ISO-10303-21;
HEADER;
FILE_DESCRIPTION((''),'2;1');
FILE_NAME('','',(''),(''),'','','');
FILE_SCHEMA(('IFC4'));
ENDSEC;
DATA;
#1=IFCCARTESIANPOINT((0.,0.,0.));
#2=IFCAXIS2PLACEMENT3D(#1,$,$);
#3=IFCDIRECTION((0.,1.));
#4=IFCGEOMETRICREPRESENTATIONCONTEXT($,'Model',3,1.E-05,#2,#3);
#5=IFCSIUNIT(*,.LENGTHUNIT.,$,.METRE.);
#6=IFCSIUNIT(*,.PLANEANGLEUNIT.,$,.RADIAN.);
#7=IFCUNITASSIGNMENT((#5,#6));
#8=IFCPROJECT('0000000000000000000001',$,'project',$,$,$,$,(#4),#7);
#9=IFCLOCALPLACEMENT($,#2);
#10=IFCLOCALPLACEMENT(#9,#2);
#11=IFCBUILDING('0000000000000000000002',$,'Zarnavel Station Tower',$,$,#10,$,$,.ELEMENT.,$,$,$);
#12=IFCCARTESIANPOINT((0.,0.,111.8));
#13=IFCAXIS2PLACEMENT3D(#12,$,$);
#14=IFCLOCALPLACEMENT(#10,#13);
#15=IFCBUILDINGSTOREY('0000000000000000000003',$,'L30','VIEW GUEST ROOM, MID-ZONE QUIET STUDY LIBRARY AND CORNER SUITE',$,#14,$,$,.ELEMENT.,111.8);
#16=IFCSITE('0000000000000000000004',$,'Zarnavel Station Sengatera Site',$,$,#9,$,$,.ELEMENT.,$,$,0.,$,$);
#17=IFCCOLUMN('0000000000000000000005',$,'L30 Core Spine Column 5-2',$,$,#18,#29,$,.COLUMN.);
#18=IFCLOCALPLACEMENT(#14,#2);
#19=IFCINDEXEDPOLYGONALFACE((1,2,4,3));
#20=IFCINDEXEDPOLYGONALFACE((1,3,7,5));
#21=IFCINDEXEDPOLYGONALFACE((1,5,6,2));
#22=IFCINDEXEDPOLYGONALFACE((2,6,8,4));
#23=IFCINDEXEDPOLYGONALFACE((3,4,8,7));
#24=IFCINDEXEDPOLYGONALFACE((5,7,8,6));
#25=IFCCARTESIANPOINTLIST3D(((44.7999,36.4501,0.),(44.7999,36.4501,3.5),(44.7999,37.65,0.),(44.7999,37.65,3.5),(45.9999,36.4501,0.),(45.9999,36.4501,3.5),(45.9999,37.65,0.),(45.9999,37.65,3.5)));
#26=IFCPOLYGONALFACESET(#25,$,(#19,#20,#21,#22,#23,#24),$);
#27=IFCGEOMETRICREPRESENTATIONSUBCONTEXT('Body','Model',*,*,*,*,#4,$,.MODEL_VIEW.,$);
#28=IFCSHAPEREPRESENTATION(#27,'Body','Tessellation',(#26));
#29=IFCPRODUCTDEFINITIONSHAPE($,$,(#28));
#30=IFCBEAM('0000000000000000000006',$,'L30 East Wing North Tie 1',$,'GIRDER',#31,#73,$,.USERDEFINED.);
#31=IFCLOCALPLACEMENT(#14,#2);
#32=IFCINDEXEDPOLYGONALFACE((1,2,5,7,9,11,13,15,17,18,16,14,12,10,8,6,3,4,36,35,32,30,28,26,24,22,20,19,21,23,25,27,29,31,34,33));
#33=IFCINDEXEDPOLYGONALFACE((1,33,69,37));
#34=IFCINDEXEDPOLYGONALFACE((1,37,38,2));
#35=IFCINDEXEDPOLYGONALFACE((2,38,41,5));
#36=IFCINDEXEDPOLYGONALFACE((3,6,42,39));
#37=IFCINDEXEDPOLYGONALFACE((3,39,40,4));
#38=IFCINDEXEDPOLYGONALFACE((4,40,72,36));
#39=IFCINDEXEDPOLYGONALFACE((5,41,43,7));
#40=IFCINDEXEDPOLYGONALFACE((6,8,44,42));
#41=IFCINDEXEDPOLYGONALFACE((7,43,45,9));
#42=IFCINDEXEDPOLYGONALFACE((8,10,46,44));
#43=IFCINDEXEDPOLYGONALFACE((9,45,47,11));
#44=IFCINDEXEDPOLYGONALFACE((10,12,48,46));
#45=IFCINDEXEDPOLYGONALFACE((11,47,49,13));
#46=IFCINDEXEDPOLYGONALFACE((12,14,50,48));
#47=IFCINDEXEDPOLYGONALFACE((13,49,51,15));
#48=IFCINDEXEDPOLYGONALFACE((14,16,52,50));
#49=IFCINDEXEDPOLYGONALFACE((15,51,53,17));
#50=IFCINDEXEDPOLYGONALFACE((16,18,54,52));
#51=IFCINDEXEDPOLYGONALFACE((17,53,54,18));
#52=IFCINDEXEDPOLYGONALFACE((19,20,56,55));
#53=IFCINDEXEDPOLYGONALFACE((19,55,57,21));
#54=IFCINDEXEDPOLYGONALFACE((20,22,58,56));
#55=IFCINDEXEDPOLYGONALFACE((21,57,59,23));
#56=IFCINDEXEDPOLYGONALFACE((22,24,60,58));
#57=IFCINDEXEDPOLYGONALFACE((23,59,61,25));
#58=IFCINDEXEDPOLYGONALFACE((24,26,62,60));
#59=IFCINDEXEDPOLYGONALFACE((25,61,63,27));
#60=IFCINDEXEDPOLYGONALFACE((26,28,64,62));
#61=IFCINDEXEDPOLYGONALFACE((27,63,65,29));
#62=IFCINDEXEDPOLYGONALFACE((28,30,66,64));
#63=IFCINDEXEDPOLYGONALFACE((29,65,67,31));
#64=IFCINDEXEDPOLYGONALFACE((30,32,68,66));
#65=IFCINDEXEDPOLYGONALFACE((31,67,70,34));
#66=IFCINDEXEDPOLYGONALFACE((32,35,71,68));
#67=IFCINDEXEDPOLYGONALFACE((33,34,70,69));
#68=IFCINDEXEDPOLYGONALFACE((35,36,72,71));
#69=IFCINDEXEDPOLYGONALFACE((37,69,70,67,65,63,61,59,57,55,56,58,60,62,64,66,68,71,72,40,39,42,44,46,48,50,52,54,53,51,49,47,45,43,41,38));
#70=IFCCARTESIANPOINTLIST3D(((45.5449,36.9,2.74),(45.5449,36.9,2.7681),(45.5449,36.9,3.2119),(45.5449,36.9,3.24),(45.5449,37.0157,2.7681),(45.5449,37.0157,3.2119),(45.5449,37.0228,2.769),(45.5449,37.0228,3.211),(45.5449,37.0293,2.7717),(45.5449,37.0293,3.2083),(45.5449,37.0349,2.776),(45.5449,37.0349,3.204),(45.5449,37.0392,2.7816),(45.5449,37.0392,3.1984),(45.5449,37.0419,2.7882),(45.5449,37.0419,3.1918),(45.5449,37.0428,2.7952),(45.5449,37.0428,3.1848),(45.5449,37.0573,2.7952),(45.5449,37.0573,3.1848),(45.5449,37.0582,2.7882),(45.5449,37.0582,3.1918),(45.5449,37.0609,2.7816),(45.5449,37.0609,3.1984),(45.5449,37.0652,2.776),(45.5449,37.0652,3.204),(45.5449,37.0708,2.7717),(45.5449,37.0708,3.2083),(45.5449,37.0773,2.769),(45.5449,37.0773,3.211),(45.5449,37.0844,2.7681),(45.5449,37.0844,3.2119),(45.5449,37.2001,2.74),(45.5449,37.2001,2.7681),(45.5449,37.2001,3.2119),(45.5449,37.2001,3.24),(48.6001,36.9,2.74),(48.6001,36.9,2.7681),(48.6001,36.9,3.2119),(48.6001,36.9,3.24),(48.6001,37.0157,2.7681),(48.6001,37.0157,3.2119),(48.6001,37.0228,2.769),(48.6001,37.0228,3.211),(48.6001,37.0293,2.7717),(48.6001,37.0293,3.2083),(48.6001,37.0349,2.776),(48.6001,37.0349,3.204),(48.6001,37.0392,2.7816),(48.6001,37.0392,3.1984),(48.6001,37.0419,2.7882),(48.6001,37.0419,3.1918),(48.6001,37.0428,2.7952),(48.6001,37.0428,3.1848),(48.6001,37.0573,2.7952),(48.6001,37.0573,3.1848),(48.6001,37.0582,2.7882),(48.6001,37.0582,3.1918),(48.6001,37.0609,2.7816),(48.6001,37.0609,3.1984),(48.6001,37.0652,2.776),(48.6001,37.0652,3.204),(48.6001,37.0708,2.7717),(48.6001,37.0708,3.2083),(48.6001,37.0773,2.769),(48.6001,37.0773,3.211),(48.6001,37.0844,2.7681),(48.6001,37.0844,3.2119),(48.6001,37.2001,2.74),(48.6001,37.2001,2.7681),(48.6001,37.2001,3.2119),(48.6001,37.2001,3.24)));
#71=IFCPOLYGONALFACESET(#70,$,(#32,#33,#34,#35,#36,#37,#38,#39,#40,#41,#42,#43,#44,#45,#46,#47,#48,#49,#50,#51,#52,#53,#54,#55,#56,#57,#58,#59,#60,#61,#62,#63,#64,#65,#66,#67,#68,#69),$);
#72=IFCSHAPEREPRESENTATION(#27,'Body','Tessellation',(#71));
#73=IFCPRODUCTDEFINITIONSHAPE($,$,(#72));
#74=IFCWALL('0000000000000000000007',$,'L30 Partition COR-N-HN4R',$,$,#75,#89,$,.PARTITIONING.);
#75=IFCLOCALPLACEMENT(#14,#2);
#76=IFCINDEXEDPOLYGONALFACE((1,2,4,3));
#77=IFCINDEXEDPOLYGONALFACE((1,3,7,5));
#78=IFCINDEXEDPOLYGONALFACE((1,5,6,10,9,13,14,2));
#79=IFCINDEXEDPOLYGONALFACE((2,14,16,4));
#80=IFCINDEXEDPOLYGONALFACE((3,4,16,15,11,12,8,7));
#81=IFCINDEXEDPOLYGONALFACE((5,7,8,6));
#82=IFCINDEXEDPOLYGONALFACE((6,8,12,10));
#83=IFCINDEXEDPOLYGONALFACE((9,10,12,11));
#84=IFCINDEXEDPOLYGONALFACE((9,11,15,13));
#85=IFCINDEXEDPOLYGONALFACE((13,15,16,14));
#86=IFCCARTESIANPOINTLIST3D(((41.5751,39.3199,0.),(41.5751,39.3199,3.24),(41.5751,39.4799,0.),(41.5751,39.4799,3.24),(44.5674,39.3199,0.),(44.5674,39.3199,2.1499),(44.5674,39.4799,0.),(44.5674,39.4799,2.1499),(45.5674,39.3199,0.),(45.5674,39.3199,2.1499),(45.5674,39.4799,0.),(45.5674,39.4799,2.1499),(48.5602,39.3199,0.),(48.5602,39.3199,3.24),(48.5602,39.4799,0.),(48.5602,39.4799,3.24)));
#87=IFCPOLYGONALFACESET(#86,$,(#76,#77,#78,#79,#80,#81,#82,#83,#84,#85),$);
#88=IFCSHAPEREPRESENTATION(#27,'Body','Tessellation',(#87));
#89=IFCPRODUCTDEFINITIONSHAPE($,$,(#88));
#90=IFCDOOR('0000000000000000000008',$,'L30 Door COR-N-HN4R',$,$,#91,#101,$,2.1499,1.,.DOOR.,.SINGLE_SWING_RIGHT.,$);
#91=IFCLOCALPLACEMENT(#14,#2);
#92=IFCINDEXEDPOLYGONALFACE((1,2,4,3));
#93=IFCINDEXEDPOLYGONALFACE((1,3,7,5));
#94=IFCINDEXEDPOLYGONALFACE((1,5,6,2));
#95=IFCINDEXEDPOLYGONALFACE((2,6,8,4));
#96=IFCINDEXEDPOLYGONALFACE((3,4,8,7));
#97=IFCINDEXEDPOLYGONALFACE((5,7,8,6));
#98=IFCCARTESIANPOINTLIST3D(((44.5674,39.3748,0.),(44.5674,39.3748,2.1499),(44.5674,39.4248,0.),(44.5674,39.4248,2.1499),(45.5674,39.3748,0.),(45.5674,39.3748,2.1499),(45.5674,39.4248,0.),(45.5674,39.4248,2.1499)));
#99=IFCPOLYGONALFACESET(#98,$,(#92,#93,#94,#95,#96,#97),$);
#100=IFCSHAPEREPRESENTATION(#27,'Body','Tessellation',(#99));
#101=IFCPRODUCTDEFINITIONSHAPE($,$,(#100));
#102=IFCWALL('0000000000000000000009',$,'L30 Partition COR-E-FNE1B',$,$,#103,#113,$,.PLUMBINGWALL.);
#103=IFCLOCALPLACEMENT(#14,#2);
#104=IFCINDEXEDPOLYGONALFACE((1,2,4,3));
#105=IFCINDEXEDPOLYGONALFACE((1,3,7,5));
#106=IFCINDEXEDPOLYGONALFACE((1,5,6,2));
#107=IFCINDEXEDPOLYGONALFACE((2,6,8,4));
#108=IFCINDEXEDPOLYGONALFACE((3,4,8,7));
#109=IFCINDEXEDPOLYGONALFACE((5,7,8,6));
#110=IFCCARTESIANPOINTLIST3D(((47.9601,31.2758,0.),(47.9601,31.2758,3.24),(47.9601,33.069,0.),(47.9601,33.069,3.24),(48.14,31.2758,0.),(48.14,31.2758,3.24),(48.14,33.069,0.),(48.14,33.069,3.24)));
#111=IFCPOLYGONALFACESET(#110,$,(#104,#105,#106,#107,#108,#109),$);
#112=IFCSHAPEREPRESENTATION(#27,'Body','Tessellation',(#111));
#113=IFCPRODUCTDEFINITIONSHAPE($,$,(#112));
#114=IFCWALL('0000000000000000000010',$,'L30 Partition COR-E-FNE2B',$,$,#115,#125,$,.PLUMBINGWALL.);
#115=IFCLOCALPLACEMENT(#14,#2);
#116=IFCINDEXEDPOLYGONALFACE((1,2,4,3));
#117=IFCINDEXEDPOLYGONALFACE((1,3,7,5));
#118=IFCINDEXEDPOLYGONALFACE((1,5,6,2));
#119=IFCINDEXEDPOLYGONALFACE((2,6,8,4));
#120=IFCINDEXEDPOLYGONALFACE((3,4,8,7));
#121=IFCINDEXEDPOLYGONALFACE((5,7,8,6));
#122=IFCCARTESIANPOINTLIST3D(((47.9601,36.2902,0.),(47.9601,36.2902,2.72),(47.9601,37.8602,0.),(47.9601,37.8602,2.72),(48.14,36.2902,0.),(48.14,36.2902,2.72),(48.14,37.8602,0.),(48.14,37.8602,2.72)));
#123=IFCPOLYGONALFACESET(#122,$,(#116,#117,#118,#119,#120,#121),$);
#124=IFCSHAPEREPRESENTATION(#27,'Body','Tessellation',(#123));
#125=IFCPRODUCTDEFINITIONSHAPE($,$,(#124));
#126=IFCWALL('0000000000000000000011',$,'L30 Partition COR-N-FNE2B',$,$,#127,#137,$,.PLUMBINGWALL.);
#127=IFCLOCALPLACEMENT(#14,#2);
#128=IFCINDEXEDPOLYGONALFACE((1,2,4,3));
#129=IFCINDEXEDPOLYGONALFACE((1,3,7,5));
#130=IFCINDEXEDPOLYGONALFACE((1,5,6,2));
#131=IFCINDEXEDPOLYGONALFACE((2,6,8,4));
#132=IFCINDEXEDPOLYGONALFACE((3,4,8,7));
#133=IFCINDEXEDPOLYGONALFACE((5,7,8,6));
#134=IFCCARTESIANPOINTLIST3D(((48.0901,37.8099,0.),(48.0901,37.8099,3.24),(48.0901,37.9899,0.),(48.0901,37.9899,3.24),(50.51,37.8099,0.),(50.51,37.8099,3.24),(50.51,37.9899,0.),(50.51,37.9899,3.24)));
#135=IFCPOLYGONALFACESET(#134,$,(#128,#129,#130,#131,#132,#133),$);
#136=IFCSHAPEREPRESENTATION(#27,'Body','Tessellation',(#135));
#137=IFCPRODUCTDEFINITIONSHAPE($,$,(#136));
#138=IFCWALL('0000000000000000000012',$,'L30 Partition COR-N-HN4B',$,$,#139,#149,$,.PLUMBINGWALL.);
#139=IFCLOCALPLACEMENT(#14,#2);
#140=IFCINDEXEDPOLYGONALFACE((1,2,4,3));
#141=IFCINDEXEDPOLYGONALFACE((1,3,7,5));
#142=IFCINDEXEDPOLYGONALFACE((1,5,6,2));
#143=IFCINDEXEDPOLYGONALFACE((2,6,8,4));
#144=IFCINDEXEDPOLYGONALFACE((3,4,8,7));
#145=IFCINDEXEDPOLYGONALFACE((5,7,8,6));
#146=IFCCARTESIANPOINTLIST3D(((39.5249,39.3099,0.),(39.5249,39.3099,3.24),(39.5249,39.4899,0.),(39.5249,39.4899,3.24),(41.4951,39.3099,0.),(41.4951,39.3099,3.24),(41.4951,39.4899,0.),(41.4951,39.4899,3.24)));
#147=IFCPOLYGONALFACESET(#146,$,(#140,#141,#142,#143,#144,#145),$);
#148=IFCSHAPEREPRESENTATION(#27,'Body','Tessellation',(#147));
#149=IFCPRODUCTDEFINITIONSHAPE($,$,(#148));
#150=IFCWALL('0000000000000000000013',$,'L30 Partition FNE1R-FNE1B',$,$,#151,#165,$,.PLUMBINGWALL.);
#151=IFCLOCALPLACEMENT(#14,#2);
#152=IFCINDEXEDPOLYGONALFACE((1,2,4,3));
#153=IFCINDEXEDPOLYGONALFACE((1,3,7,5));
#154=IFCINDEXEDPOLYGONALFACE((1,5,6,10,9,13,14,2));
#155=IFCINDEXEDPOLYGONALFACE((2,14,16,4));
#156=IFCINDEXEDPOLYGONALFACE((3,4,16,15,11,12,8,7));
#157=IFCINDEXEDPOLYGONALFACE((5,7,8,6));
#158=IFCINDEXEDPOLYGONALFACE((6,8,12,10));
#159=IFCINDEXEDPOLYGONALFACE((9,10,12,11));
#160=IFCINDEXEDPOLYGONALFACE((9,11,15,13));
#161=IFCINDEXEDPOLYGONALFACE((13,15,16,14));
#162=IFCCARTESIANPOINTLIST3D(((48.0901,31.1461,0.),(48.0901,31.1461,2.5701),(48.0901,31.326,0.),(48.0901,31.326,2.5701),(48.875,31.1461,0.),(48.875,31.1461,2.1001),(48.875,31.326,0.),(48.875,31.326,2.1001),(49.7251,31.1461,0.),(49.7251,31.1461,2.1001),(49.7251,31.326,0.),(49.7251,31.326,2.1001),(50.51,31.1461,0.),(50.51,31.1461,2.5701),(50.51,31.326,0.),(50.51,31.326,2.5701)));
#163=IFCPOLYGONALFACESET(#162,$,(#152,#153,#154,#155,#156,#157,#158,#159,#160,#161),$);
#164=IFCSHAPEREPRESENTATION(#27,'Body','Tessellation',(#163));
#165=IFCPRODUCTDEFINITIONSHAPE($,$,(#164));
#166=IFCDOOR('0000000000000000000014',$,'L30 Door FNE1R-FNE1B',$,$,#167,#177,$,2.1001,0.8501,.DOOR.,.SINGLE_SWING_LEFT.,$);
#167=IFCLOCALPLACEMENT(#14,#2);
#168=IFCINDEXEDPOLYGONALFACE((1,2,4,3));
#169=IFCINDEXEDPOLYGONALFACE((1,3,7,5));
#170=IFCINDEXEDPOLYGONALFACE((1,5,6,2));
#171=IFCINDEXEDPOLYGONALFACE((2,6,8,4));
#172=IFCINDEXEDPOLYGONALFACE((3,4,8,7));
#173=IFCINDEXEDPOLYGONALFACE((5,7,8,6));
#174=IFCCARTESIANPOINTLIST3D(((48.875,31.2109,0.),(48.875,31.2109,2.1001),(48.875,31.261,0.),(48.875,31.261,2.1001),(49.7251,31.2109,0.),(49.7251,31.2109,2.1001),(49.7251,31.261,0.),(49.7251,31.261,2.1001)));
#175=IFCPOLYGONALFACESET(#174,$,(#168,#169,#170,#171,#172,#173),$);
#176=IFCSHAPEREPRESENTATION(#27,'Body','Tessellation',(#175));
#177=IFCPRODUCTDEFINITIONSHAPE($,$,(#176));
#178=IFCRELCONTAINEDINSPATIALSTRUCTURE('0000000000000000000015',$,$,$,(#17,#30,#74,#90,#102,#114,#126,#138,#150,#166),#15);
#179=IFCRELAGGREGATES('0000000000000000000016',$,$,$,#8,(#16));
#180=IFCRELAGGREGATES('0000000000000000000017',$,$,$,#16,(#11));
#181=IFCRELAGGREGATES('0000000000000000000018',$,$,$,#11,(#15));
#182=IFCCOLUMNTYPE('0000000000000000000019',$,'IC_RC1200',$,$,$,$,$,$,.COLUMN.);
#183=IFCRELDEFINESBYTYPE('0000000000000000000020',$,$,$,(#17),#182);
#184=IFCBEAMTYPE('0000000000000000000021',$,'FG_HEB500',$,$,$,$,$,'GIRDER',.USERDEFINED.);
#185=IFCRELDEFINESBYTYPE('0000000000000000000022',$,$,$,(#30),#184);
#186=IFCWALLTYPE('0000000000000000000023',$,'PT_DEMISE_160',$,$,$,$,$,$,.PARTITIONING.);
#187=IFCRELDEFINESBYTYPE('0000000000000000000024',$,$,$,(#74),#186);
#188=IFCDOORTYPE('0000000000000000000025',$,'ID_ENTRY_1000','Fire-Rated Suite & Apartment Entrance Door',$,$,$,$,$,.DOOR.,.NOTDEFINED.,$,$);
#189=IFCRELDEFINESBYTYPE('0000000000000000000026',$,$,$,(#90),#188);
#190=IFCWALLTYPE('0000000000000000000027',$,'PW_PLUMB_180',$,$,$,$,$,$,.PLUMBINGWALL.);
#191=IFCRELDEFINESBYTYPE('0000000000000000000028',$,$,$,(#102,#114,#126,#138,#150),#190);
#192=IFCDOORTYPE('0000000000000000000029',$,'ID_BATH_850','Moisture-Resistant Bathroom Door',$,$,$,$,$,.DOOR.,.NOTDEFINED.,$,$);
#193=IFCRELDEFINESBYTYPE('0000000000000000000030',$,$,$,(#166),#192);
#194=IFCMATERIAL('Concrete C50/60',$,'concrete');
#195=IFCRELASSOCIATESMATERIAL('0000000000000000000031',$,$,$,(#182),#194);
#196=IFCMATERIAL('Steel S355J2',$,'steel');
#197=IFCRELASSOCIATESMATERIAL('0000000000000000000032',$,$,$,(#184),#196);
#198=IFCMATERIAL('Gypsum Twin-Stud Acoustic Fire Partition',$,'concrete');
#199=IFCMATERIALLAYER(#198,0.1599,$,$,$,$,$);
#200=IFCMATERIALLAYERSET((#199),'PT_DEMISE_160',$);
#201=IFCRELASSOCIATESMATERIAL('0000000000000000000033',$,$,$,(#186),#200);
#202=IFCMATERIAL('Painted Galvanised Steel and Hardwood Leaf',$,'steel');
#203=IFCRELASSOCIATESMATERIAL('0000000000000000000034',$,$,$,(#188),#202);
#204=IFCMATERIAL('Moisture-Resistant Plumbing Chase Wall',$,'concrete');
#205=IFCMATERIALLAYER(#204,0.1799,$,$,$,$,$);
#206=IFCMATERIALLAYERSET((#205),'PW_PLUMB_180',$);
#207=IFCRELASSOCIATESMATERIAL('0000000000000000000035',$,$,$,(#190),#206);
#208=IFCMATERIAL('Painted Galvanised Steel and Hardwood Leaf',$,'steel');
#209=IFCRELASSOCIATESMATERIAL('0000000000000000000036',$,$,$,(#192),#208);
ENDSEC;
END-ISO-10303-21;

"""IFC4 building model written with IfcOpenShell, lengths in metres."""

from ifc_helpers import new_model, si_unit, direction, frame, frame_2d, origin, origin_2d, place, context, subcontext, project, spatial, rectangle, i_section, extrude, material, layer, layer_set, material_profile, profile_set, type_object, element, fill, save


model = new_model("IFC4")

# Units and contexts
model_context = context("Model", 3, precision=1e-05, world=origin(), true_north=direction((0.0, 1.0)))
body_context = subcontext(model_context, "Body", "Model", "MODEL_VIEW")
ifc_project = project(units=[si_unit("LENGTHUNIT", "METRE"), si_unit("PLANEANGLEUNIT", "RADIAN")], contexts=[model_context])

# Site, building, storey
site_placement = place(None, origin())
site = spatial("IfcSite", under=ifc_project, at=site_placement, Name="Zarnavel Station Sengatera Site", CompositionType="ELEMENT", RefElevation=0.0)
building_placement = place(site_placement, origin())
building = spatial("IfcBuilding", under=site, at=building_placement, Name="Zarnavel Station Tower", CompositionType="ELEMENT")
storey_placement = place(building_placement, frame((0.0, 0.0, 111.8)))
storey = spatial("IfcBuildingStorey", under=building, at=storey_placement, Name="L30", Description="VIEW GUEST ROOM, MID-ZONE QUIET STUDY LIBRARY AND CORNER SUITE", CompositionType="ELEMENT", Elevation=111.8)

# Column
ifc_material_1 = material(Name="Concrete C50/60", Category="concrete")
ifc_material_profile_1 = material_profile(ifc_material_1, rectangle(XDim=1.2, YDim=1.2, at=origin_2d()), Name="RC1200x1200")
ifc_profile_set_1 = profile_set([ifc_material_profile_1], Name="Concrete C50/60")
column_type = type_object("IfcColumnType", Name="IC_RC1200", PredefinedType="COLUMN", material=ifc_profile_set_1)
column_placement = place(storey_placement, frame((45.3999, 37.05, 0.0), z_axis=(0.0, 0.0, 1.0), x_axis=(1.0, 0.0, 0.0)))
element("IfcColumn", 1, at=column_placement, inside=storey, type_object=column_type, Name="L30 Core Spine Column 5-2", PredefinedType="COLUMN", context=body_context, shape_type="SweptSolid", body=[
    extrude(rectangle(XDim=1.2, YDim=1.2, at=origin_2d()), origin(), (0.0, 0.0, 1.0), 3.5),
])

# Beam
ifc_material_2 = material(Name="Steel S355J2", Category="steel")
ifc_material_profile_2 = material_profile(ifc_material_2, i_section(OverallWidth=0.3, OverallDepth=0.5, WebThickness=0.0144, FlangeThickness=0.0281, FilletRadius=0.0271, at=origin_2d()), Name="HEB500")
ifc_profile_set_2 = profile_set([ifc_material_profile_2], Name="Steel S355J2")
beam_type = type_object("IfcBeamType", Name="FG_HEB500", ElementType="GIRDER", PredefinedType="USERDEFINED", material=ifc_profile_set_2)
beam_placement = place(storey_placement, frame((45.5449, 37.05, 2.99), z_axis=(1.0, 0.0, 0.0), x_axis=(0.0, 1.0, 0.0)))
element("IfcBeam", 2, at=beam_placement, inside=storey, type_object=beam_type, Name="L30 East Wing North Tie 1", ObjectType="GIRDER", PredefinedType="USERDEFINED", context=body_context, shape_type="SweptSolid", body=[
    extrude(i_section(OverallWidth=0.3, OverallDepth=0.5, WebThickness=0.0144, FlangeThickness=0.0281, FilletRadius=0.0271, at=origin_2d()), origin(), (0.0, 0.0, 1.0), 3.0552),
])

# Wall, opening, door
ifc_material_3 = material(Name="Gypsum Twin-Stud Acoustic Fire Partition", Category="concrete")
ifc_layer_1 = layer(ifc_material_3, 0.1599)
ifc_layer_set_1 = layer_set([ifc_layer_1], Name="PT_DEMISE_160")
wall_type_1 = type_object("IfcWallType", Name="PT_DEMISE_160", PredefinedType="PARTITIONING", material=ifc_layer_set_1)
ifc_material_4 = material(Name="Painted Galvanised Steel and Hardwood Leaf", Category="steel")
door_type_1 = type_object("IfcDoorType", Name="ID_ENTRY_1000", Description="Fire-Rated Suite & Apartment Entrance Door", OperationType="NOTDEFINED", PredefinedType="DOOR", material=ifc_material_4)
wall_1_placement = place(storey_placement, frame((41.575, 39.3999, 0.0), z_axis=(0.0, 0.0, 1.0), x_axis=(1.0, 0.0, 0.0)))
wall_1 = element("IfcWall", 3, at=wall_1_placement, inside=storey, type_object=wall_type_1, Name="L30 Partition COR-N-HN4R", PredefinedType="PARTITIONING", context=body_context, shape_type="SweptSolid", body=[
    extrude(rectangle(XDim=6.9851, YDim=0.1599, at=frame_2d((3.4927, 0.0))), origin(), (0.0, 0.0, 1.0), 3.24),
])
opening_1_placement = place(wall_1_placement, frame((2.9924, 0.0, 0.0)))
opening_1 = element("IfcOpeningElement", 4, at=opening_1_placement, cuts=wall_1, PredefinedType="OPENING", context=body_context, shape_type="SweptSolid", body=[
    extrude(rectangle(XDim=1.0, YDim=2.1499, at=frame_2d((0.5, 1.075))), frame((0.0, 0.0898, 0.0), z_axis=(0.0, -1.0, 0.0), x_axis=(1.0, 0.0, 0.0)), (0.0, 0.0, 1.0), 0.1799),
])
door_1_placement = place(opening_1_placement, origin())
door_1 = element("IfcDoor", 5, at=door_1_placement, inside=storey, type_object=door_type_1, Name="L30 Door COR-N-HN4R", OperationType="SINGLE_SWING_RIGHT", OverallHeight=2.1499, OverallWidth=1.0, PredefinedType="DOOR", context=body_context, shape_type="SweptSolid", body=[
    extrude(rectangle(XDim=1.0, YDim=2.1499, at=frame_2d((0.5, 1.075))), frame((0.0, 0.0249, 0.0), z_axis=(0.0, -1.0, 0.0), x_axis=(1.0, 0.0, 0.0)), (0.0, 0.0, 1.0), 0.05),
])
fill(opening_1, door_1)

# Walls
ifc_material_5 = material(Name="Moisture-Resistant Plumbing Chase Wall", Category="concrete")
ifc_layer_2 = layer(ifc_material_5, 0.1799)
ifc_layer_set_2 = layer_set([ifc_layer_2], Name="PW_PLUMB_180")
wall_type_2 = type_object("IfcWallType", Name="PW_PLUMB_180", PredefinedType="PLUMBINGWALL", material=ifc_layer_set_2)
wall_2_placement = place(storey_placement, frame((48.05, 31.2759, 0.0), z_axis=(0.0, 0.0, 1.0), x_axis=(0.0, 1.0, 0.0)))
element("IfcWall", 6, at=wall_2_placement, inside=storey, type_object=wall_type_2, Name="L30 Partition COR-E-FNE1B", PredefinedType="PLUMBINGWALL", context=body_context, shape_type="SweptSolid", body=[
    extrude(rectangle(XDim=1.7932, YDim=0.1799, at=frame_2d((0.8965, 0.0))), origin(), (0.0, 0.0, 1.0), 3.24),
])
wall_3_placement = place(storey_placement, frame((48.05, 36.29, 0.0), z_axis=(0.0, 0.0, 1.0), x_axis=(0.0, 1.0, 0.0)))
element("IfcWall", 7, at=wall_3_placement, inside=storey, type_object=wall_type_2, Name="L30 Partition COR-E-FNE2B", PredefinedType="PLUMBINGWALL", context=body_context, shape_type="SweptSolid", body=[
    extrude(rectangle(XDim=1.5701, YDim=0.1799, at=frame_2d((0.7852, 0.0))), origin(), (0.0, 0.0, 1.0), 2.72),
])
wall_4_placement = place(storey_placement, frame((48.0901, 37.8999, 0.0), z_axis=(0.0, 0.0, 1.0), x_axis=(1.0, 0.0, 0.0)))
element("IfcWall", 8, at=wall_4_placement, inside=storey, type_object=wall_type_2, Name="L30 Partition COR-N-FNE2B", PredefinedType="PLUMBINGWALL", context=body_context, shape_type="SweptSolid", body=[
    extrude(rectangle(XDim=2.4199, YDim=0.1799, at=frame_2d((1.21, 0.0))), origin(), (0.0, 0.0, 1.0), 3.24),
])
wall_5_placement = place(storey_placement, frame((39.5249, 39.3999, 0.0), z_axis=(0.0, 0.0, 1.0), x_axis=(1.0, 0.0, 0.0)))
element("IfcWall", 9, at=wall_5_placement, inside=storey, type_object=wall_type_2, Name="L30 Partition COR-N-HN4B", PredefinedType="PLUMBINGWALL", context=body_context, shape_type="SweptSolid", body=[
    extrude(rectangle(XDim=1.9702, YDim=0.1799, at=frame_2d((0.9851, 0.0))), origin(), (0.0, 0.0, 1.0), 3.24),
])

# Wall, opening, door
wall_6_placement = place(storey_placement, frame((48.0901, 31.2361, 0.0), z_axis=(0.0, 0.0, 1.0), x_axis=(1.0, 0.0, 0.0)))
wall_6 = element("IfcWall", 10, at=wall_6_placement, inside=storey, type_object=wall_type_2, Name="L30 Partition FNE1R-FNE1B", PredefinedType="PLUMBINGWALL", context=body_context, shape_type="SweptSolid", body=[
    extrude(rectangle(XDim=2.4199, YDim=0.1799, at=frame_2d((1.21, 0.0))), origin(), (0.0, 0.0, 1.0), 2.5701),
])
opening_2_placement = place(wall_6_placement, frame((0.7849, 0.0, 0.0)))
opening_2 = element("IfcOpeningElement", 11, at=opening_2_placement, cuts=wall_6, PredefinedType="OPENING", context=body_context, shape_type="SweptSolid", body=[
    extrude(rectangle(XDim=0.8501, YDim=2.1001, at=frame_2d((0.425, 1.05))), frame((0.0, 0.0999, 0.0), z_axis=(0.0, -1.0, 0.0), x_axis=(1.0, 0.0, 0.0)), (0.0, 0.0, 1.0), 0.2),
])
ifc_material_6 = material(Name="Painted Galvanised Steel and Hardwood Leaf", Category="steel")
door_type_2 = type_object("IfcDoorType", Name="ID_BATH_850", Description="Moisture-Resistant Bathroom Door", OperationType="NOTDEFINED", PredefinedType="DOOR", material=ifc_material_6)
door_2_placement = place(opening_2_placement, origin())
door_2 = element("IfcDoor", 12, at=door_2_placement, inside=storey, type_object=door_type_2, Name="L30 Door FNE1R-FNE1B", OperationType="SINGLE_SWING_LEFT", OverallHeight=2.1001, OverallWidth=0.8501, PredefinedType="DOOR", context=body_context, shape_type="SweptSolid", body=[
    extrude(rectangle(XDim=0.8501, YDim=2.1001, at=frame_2d((0.425, 1.05))), frame((0.0, 0.0249, 0.0), z_axis=(0.0, -1.0, 0.0), x_axis=(1.0, 0.0, 0.0)), (0.0, 0.0, 1.0), 0.05),
])
fill(opening_2, door_2)

save(model, "model.ifc")
